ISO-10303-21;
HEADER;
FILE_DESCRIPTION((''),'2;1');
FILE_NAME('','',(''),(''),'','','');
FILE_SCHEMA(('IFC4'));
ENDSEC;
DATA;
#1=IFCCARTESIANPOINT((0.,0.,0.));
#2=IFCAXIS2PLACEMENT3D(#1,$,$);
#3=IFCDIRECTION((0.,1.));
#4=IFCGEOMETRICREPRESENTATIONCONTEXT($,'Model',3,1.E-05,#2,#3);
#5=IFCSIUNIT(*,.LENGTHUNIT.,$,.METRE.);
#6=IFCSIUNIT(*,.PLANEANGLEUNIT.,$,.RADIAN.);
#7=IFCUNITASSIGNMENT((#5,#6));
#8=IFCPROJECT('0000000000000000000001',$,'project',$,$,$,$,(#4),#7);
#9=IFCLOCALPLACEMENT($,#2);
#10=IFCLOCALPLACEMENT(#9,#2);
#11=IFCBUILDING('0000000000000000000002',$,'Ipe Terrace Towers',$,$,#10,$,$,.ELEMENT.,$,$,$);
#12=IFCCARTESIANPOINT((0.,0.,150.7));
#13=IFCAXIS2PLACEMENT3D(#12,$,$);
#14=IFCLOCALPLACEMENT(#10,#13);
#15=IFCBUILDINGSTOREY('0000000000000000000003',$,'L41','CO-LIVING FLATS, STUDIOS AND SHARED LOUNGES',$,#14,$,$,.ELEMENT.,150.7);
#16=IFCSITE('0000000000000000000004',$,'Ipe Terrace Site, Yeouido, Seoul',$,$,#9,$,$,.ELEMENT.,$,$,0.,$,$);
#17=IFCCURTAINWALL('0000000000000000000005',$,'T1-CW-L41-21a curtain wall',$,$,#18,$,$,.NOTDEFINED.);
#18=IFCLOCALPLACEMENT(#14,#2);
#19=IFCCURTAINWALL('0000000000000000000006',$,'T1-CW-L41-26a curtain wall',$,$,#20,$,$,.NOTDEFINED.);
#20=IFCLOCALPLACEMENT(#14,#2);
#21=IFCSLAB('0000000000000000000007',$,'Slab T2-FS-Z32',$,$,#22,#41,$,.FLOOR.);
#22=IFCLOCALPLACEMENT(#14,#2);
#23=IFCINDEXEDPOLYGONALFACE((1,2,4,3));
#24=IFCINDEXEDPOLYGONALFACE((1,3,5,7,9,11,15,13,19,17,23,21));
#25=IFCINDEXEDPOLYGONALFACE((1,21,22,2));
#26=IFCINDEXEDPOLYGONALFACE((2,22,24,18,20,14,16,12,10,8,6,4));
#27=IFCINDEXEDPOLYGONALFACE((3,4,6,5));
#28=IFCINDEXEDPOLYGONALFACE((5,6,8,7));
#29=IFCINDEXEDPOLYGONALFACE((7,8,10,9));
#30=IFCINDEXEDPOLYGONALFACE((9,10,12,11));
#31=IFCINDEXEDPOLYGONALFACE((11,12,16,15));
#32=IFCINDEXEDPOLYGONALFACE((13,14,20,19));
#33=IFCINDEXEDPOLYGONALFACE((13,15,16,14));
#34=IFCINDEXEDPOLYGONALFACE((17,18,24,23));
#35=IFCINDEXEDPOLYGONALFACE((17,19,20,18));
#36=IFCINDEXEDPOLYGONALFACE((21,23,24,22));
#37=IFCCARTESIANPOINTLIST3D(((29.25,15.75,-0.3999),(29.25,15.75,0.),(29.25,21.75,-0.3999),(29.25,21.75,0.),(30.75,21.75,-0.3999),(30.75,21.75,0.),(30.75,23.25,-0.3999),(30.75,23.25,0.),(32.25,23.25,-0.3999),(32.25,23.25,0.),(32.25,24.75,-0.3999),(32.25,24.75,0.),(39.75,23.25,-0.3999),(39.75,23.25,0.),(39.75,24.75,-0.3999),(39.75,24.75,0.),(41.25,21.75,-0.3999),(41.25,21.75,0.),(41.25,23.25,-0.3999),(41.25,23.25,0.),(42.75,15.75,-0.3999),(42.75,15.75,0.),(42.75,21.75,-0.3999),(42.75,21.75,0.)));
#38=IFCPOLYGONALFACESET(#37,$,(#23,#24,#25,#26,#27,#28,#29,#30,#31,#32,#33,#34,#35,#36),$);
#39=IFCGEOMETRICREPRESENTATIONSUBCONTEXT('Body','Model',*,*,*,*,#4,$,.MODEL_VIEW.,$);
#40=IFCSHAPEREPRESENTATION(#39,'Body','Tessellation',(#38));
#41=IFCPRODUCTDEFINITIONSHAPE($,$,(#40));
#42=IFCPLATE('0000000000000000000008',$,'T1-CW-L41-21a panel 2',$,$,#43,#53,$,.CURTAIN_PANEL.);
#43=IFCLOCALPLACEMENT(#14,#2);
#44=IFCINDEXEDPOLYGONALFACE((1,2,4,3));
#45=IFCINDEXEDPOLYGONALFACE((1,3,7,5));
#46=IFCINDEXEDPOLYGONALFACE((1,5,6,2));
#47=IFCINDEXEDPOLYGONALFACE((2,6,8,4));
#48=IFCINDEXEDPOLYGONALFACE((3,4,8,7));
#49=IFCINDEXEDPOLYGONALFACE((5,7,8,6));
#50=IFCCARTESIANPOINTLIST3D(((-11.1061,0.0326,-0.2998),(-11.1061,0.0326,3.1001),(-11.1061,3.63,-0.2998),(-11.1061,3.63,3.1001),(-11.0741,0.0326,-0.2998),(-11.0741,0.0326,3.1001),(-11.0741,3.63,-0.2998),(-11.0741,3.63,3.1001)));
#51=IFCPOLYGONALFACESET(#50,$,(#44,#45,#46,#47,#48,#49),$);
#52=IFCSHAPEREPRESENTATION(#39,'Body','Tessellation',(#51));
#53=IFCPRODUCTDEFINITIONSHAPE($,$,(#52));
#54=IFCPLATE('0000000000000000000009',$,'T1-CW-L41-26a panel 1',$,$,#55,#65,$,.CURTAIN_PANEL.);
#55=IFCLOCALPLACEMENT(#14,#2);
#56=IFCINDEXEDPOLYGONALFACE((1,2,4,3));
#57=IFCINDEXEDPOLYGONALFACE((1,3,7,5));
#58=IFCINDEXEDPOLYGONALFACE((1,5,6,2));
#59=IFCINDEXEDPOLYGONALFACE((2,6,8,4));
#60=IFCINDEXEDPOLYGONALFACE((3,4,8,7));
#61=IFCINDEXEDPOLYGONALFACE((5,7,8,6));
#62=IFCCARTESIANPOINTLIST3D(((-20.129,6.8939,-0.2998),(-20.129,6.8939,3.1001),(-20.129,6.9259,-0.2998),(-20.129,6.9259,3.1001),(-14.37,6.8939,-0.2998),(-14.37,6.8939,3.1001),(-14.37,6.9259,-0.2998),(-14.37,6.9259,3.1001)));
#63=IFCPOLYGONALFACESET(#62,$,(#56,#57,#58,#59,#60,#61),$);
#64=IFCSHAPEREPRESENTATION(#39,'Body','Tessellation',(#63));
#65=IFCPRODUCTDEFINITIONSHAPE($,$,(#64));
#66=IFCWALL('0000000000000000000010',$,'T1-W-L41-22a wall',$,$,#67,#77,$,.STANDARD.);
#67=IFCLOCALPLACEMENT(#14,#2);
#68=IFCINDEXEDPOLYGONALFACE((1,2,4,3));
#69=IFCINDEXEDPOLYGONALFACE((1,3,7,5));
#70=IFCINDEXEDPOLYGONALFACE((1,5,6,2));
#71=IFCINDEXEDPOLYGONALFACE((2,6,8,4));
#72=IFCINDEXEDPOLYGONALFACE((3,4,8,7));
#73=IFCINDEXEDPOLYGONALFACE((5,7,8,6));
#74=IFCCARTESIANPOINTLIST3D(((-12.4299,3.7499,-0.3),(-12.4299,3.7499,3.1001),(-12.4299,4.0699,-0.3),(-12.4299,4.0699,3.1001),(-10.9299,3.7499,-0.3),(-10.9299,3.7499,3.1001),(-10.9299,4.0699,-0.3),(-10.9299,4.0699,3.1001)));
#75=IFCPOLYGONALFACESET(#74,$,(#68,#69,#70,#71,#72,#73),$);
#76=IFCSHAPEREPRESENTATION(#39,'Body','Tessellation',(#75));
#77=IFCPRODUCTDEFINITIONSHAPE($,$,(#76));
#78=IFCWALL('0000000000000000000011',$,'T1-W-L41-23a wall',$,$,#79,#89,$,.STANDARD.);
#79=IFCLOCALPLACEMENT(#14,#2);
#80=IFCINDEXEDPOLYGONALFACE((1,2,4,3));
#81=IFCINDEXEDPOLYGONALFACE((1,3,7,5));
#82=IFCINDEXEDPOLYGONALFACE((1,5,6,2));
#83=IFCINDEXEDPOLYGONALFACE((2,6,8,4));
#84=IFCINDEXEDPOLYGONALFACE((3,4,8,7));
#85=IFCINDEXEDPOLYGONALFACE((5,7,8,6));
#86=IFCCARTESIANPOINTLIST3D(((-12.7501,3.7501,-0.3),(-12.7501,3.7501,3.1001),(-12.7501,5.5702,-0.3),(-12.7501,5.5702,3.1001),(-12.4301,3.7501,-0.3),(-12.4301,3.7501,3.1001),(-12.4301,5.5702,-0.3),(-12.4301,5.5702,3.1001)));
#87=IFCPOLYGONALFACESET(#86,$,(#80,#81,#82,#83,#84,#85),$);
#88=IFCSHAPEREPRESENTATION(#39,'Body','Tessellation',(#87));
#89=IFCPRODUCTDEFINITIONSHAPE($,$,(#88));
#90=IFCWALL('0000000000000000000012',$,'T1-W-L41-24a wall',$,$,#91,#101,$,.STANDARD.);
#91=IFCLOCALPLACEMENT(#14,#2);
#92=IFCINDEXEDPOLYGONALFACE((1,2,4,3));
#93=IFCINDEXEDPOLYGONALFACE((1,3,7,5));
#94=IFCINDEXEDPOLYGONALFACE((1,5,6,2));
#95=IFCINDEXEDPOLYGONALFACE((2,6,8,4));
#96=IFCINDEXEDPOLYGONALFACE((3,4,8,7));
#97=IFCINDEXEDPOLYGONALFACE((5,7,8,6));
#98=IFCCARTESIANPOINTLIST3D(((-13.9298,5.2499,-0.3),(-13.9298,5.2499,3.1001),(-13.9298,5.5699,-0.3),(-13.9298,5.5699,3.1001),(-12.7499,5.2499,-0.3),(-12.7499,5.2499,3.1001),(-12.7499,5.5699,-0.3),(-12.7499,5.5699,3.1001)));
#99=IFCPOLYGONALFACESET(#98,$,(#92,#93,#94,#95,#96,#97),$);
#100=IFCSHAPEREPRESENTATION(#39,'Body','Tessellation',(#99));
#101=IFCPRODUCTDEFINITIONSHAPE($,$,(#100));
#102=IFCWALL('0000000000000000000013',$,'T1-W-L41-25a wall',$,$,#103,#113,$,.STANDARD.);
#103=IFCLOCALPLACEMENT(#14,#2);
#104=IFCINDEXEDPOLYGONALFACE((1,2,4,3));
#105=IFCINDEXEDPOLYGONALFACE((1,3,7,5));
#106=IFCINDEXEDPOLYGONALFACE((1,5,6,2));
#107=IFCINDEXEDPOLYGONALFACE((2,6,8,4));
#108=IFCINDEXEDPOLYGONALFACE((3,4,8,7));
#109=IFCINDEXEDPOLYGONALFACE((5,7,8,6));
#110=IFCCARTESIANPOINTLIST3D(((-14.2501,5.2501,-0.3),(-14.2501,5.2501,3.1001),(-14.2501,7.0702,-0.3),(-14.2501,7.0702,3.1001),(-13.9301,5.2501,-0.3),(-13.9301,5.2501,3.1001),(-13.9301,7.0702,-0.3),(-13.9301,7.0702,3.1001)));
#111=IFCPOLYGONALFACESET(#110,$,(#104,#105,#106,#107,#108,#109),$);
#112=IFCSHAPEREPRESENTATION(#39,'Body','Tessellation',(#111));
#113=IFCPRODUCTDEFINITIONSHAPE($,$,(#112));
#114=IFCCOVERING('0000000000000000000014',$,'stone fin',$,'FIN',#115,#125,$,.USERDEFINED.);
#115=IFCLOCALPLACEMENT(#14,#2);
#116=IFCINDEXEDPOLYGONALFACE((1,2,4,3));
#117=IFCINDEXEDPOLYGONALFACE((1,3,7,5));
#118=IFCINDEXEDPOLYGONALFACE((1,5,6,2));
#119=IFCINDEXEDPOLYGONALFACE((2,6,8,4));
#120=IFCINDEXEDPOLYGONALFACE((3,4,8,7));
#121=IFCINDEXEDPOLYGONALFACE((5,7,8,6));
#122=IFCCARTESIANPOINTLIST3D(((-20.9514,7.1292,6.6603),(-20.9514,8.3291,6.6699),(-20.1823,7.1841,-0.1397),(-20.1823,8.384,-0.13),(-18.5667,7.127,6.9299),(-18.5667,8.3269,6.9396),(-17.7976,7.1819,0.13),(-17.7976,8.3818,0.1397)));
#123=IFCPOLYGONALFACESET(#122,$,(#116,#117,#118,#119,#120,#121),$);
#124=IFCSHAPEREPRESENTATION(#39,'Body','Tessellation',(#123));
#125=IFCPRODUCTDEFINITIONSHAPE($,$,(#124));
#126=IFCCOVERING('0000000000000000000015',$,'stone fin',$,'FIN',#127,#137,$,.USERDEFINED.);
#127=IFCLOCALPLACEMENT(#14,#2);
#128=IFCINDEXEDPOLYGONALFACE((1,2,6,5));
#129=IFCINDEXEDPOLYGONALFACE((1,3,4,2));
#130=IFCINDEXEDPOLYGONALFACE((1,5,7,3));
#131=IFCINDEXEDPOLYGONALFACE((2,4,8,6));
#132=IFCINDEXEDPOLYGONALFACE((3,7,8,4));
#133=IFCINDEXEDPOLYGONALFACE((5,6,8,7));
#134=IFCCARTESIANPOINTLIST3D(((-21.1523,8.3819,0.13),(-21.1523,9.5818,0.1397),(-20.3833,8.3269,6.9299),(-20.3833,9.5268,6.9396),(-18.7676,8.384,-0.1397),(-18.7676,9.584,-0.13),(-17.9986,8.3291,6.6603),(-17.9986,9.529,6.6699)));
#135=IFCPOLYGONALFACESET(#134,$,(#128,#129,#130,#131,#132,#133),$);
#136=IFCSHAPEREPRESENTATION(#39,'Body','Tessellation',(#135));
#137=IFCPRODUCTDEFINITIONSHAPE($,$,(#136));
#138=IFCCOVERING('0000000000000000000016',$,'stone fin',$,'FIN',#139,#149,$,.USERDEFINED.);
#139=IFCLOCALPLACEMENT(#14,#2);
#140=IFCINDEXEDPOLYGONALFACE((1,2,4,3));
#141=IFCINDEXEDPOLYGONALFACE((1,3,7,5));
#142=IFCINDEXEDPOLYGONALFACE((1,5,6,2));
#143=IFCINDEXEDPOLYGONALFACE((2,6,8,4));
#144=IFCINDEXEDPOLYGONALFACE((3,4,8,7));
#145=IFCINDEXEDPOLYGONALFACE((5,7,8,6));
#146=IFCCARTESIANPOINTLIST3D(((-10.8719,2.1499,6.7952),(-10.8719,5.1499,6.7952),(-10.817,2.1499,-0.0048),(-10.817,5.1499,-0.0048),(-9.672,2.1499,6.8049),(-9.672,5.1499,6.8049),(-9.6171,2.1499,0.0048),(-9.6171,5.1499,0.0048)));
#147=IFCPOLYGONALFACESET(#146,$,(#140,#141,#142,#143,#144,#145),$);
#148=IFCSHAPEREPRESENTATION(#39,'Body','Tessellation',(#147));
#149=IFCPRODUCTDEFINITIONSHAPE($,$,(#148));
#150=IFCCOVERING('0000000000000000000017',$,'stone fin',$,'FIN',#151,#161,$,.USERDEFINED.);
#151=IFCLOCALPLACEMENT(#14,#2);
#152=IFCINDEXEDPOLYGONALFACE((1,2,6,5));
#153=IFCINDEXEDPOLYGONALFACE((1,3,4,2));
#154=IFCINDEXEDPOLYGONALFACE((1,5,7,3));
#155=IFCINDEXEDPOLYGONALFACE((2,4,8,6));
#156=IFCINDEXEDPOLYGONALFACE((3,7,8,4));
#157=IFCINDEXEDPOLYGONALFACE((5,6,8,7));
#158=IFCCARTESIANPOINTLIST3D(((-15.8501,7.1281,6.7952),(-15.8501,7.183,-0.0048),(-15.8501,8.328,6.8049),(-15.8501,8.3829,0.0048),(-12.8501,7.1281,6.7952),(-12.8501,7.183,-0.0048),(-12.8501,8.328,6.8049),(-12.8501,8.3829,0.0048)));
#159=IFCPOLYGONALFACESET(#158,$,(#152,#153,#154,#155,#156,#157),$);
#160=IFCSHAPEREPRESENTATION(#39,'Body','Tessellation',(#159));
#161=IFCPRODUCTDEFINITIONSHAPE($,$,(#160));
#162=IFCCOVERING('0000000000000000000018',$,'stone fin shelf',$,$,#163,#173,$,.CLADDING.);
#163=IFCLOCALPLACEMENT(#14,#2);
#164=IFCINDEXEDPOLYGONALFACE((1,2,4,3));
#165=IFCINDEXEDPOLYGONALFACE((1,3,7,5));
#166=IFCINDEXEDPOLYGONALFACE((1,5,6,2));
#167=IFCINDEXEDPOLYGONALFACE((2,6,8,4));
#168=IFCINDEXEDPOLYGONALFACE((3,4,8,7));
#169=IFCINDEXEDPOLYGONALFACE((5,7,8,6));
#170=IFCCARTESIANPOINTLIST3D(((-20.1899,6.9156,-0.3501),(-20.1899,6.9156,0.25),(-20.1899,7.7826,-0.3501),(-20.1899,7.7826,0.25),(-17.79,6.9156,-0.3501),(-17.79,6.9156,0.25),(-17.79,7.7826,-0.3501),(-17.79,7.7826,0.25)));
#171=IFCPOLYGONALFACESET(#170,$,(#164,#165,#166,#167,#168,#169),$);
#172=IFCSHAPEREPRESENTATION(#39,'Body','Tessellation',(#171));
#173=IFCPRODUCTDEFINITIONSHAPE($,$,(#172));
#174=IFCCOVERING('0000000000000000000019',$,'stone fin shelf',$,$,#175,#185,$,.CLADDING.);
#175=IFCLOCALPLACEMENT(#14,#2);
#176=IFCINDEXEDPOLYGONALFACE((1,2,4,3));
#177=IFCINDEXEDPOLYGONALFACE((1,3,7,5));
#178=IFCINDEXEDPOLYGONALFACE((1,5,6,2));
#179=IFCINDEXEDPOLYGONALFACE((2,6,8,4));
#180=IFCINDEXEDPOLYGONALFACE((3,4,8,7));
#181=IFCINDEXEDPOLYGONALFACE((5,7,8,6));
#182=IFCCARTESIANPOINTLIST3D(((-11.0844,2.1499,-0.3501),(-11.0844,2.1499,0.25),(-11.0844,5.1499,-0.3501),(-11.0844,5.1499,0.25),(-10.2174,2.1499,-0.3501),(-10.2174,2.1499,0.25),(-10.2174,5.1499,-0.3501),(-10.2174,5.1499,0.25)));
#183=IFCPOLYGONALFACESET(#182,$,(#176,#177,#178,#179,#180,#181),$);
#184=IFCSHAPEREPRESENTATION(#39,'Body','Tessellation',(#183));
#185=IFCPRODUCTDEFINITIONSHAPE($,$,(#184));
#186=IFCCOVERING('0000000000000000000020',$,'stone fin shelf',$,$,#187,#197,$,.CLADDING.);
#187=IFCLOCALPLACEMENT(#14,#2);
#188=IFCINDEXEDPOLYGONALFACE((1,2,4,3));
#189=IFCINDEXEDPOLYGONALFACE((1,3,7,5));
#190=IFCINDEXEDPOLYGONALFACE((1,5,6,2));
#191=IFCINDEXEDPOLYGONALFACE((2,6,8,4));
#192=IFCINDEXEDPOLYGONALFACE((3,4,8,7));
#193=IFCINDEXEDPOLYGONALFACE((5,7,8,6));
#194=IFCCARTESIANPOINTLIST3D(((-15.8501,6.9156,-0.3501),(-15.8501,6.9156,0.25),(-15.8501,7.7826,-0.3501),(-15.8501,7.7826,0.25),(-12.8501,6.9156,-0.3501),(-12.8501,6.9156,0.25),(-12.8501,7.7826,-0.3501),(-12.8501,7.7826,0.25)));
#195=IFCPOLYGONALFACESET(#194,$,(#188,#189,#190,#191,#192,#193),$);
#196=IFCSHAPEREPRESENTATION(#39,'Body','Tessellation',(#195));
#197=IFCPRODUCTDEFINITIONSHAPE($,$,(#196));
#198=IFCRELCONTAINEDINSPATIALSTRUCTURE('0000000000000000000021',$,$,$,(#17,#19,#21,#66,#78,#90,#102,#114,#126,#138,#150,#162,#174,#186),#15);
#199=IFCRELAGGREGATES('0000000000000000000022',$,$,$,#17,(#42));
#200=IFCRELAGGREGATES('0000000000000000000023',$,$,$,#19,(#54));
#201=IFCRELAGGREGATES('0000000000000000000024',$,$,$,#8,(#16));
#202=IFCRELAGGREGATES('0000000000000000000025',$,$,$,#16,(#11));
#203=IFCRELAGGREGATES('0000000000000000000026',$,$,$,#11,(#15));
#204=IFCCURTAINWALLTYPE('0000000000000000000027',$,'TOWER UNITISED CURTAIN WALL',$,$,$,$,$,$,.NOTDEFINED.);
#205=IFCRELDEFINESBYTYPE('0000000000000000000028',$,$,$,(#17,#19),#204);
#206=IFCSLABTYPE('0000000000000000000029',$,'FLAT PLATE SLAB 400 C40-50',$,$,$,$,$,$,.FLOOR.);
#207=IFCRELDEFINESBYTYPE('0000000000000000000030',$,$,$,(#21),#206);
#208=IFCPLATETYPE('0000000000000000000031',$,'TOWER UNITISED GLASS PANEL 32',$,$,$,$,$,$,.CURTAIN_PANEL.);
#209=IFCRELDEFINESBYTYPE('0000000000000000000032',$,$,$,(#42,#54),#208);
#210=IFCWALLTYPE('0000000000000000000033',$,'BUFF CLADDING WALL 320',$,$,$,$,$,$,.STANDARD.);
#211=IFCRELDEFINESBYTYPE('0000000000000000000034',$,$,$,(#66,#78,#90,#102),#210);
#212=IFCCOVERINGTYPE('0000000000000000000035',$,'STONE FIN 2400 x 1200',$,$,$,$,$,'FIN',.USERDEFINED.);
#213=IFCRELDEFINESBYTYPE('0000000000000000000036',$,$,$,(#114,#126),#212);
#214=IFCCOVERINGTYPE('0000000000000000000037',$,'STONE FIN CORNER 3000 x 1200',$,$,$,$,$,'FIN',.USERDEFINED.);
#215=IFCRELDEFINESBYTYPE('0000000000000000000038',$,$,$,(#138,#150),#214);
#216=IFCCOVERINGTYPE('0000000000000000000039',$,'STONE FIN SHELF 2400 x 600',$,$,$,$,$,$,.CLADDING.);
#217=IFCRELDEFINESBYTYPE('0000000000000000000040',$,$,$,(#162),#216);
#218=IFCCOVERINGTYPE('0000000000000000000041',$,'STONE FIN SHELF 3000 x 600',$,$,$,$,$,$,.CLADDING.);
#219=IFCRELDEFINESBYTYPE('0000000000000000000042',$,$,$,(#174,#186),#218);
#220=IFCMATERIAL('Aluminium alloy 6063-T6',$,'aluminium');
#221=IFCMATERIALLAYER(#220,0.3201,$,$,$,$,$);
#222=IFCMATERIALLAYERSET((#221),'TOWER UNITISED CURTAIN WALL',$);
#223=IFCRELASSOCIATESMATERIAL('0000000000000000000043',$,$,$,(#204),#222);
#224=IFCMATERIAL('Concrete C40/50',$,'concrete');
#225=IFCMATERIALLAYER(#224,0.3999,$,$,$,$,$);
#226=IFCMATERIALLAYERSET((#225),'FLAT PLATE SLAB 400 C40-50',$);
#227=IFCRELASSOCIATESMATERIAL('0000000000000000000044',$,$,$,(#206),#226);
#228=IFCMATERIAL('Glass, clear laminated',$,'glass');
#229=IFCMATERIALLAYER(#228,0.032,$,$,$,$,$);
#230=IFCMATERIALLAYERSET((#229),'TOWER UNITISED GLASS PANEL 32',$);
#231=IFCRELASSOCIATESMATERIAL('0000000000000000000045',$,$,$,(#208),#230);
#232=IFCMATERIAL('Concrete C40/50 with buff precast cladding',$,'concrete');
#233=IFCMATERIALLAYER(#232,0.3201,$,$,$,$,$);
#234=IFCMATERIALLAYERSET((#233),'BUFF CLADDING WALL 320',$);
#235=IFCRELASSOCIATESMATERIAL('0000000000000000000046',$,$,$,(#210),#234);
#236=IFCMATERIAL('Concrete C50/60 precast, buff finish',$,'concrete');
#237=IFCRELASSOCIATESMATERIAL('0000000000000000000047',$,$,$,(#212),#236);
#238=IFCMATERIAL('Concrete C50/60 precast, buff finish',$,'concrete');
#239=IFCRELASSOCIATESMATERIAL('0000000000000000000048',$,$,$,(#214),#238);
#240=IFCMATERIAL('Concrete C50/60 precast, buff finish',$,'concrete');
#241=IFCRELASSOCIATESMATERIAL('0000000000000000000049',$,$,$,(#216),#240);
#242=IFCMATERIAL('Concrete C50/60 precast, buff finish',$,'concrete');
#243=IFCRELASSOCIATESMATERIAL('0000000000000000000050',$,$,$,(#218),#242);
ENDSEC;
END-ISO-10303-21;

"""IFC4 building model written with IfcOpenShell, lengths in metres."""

from ifc_helpers import new_model, si_unit, direction, frame, frame_2d, origin, origin_2d, place, context, subcontext, project, spatial, polyline, rectangle, outline, extrude, material, layer, layer_set, material_profile, profile_set, type_object, element, aggregate, save


model = new_model("IFC4")

# Units and contexts
model_context = context("Model", 3, precision=1e-05, world=origin(), true_north=direction((0.0, 1.0)))
body_context = subcontext(model_context, "Body", "Model", "MODEL_VIEW")
ifc_project = project(units=[si_unit("LENGTHUNIT", "METRE"), si_unit("PLANEANGLEUNIT", "RADIAN")], contexts=[model_context])

# Site, building, storey
site_placement = place(None, origin())
site = spatial("IfcSite", under=ifc_project, at=site_placement, Name="Ipe Terrace Site, Yeouido, Seoul", CompositionType="ELEMENT", RefElevation=0.0)
building_placement = place(site_placement, origin())
building = spatial("IfcBuilding", under=site, at=building_placement, Name="Ipe Terrace Towers", CompositionType="ELEMENT")
storey_placement = place(building_placement, frame((0.0, 0.0, 150.7)))
storey = spatial("IfcBuildingStorey", under=building, at=storey_placement, Name="L41", Description="CO-LIVING FLATS, STUDIOS AND SHARED LOUNGES", CompositionType="ELEMENT", Elevation=150.7)

# Curtain wall
ifc_material_1 = material(Name="Aluminium alloy 6063-T6", Category="aluminium")
ifc_layer_1 = layer(ifc_material_1, 0.3201)
ifc_layer_set_1 = layer_set([ifc_layer_1], Name="TOWER UNITISED CURTAIN WALL")
curtain_wall_type = type_object("IfcCurtainWallType", Name="TOWER UNITISED CURTAIN WALL", PredefinedType="NOTDEFINED", material=ifc_layer_set_1)
curtain_wall_1_placement = place(storey_placement, origin())
curtain_wall_1 = element("IfcCurtainWall", 1, at=curtain_wall_1_placement, inside=storey, type_object=curtain_wall_type, Name="T1-CW-L41-21a curtain wall", PredefinedType="NOTDEFINED")

# Curtain wall
curtain_wall_2_placement = place(storey_placement, origin())
curtain_wall_2 = element("IfcCurtainWall", 2, at=curtain_wall_2_placement, inside=storey, type_object=curtain_wall_type, Name="T1-CW-L41-26a curtain wall", PredefinedType="NOTDEFINED")

# Slab
ifc_material_2 = material(Name="Concrete C40/50", Category="concrete")
ifc_layer_2 = layer(ifc_material_2, 0.3999)
ifc_layer_set_2 = layer_set([ifc_layer_2], Name="FLAT PLATE SLAB 400 C40-50")
slab_type_1 = type_object("IfcSlabType", Name="FLAT PLATE SLAB 400 C40-50", PredefinedType="FLOOR", material=ifc_layer_set_2)
slab_1_placement = place(storey_placement, frame((0.0, 0.0, -0.3999)))
element("IfcSlab", 3, at=slab_1_placement, inside=storey, type_object=slab_type_1, Name="Slab T2-FS-Z32", PredefinedType="FLOOR", context=body_context, shape_type="SweptSolid", body=[
    extrude(outline(polyline([(30.75, 21.75), (30.75, 23.25), (32.25, 23.25), (32.25, 24.75), (39.75, 24.75), (39.75, 23.25), (41.25, 23.25), (41.25, 21.75), (42.75, 21.75), (42.75, 15.75), (29.25, 15.75), (29.25, 21.75), (30.75, 21.75)])), origin(), (0.0, 0.0, 1.0), 0.3999),
])

# Plates
ifc_material_3 = material(Name="Glass, clear laminated", Category="glass")
ifc_layer_3 = layer(ifc_material_3, 0.032)
ifc_layer_set_3 = layer_set([ifc_layer_3], Name="TOWER UNITISED GLASS PANEL 32")
plate_type = type_object("IfcPlateType", Name="TOWER UNITISED GLASS PANEL 32", PredefinedType="CURTAIN_PANEL", material=ifc_layer_set_3)
plate_1_placement = place(storey_placement, frame((-11.0901, 1.8313, -0.2998), z_axis=(0.0, 0.0, 1.0), x_axis=(0.0, 1.0, 0.0)))
plate_1 = element("IfcPlate", 4, at=plate_1_placement, type_object=plate_type, Name="T1-CW-L41-21a panel 2", PredefinedType="CURTAIN_PANEL", context=body_context, shape_type="SweptSolid", body=[
    extrude(rectangle(XDim=3.5974, YDim=0.032, at=origin_2d()), origin(), (0.0, 0.0, 1.0), 3.3999),
])
aggregate(curtain_wall_1, [plate_1])
plate_2_placement = place(storey_placement, frame((-17.2495, 6.9099, -0.2998), z_axis=(0.0, 0.0, 1.0), x_axis=(-1.0, 0.0, 0.0)))
plate_2 = element("IfcPlate", 5, at=plate_2_placement, type_object=plate_type, Name="T1-CW-L41-26a panel 1", PredefinedType="CURTAIN_PANEL", context=body_context, shape_type="SweptSolid", body=[
    extrude(rectangle(XDim=5.759, YDim=0.032, at=origin_2d()), origin(), (0.0, 0.0, 1.0), 3.3999),
])
aggregate(curtain_wall_2, [plate_2])

# Walls
ifc_material_4 = material(Name="Concrete C40/50 with buff precast cladding", Category="concrete")
ifc_layer_4 = layer(ifc_material_4, 0.3201)
ifc_layer_set_4 = layer_set([ifc_layer_4], Name="BUFF CLADDING WALL 320")
wall_type = type_object("IfcWallType", Name="BUFF CLADDING WALL 320", PredefinedType="STANDARD", material=ifc_layer_set_4)
wall_1_placement = place(storey_placement, frame((-10.9299, 3.9099, -0.3), z_axis=(0.0, 0.0, 1.0), x_axis=(-1.0, 0.0, 0.0)))
element("IfcWall", 6, at=wall_1_placement, inside=storey, type_object=wall_type, Name="T1-W-L41-22a wall", PredefinedType="STANDARD", context=body_context, shape_type="SweptSolid", body=[
    extrude(rectangle(XDim=1.5, YDim=0.3201, at=frame_2d((0.75, 0.0))), origin(), (0.0, 0.0, 1.0), 3.4001),
])
wall_2_placement = place(storey_placement, frame((-12.5901, 3.75, -0.3), z_axis=(0.0, 0.0, 1.0), x_axis=(0.0, 1.0, 0.0)))
element("IfcWall", 7, at=wall_2_placement, inside=storey, type_object=wall_type, Name="T1-W-L41-23a wall", PredefinedType="STANDARD", context=body_context, shape_type="SweptSolid", body=[
    extrude(rectangle(XDim=1.8201, YDim=0.3201, at=frame_2d((0.9102, 0.0))), origin(), (0.0, 0.0, 1.0), 3.4001),
])
wall_3_placement = place(storey_placement, frame((-12.75, 5.4099, -0.3), z_axis=(0.0, 0.0, 1.0), x_axis=(-1.0, 0.0, 0.0)))
element("IfcWall", 8, at=wall_3_placement, inside=storey, type_object=wall_type, Name="T1-W-L41-24a wall", PredefinedType="STANDARD", context=body_context, shape_type="SweptSolid", body=[
    extrude(rectangle(XDim=1.1799, YDim=0.3201, at=frame_2d((0.5898, 0.0))), origin(), (0.0, 0.0, 1.0), 3.4001),
])
wall_4_placement = place(storey_placement, frame((-14.0901, 5.25, -0.3), z_axis=(0.0, 0.0, 1.0), x_axis=(0.0, 1.0, 0.0)))
element("IfcWall", 9, at=wall_4_placement, inside=storey, type_object=wall_type, Name="T1-W-L41-25a wall", PredefinedType="STANDARD", context=body_context, shape_type="SweptSolid", body=[
    extrude(rectangle(XDim=1.8201, YDim=0.3201, at=frame_2d((0.9102, 0.0))), origin(), (0.0, 0.0, 1.0), 3.4001),
])

# Coverings
ifc_material_5 = material(Name="Concrete C50/60 precast, buff finish", Category="concrete")
ifc_material_profile_1 = material_profile(ifc_material_5, rectangle(XDim=2.3999, YDim=1.2, at=origin_2d()), Name="STONE FIN 2400 x 1200")
ifc_profile_set_1 = profile_set([ifc_material_profile_1], Name="Concrete C50/60 precast, buff finish")
covering_type_1 = type_object("IfcCoveringType", Name="STONE FIN 2400 x 1200", ElementType="FIN", PredefinedType="USERDEFINED", material=ifc_profile_set_1)
for number, where, z_axis, x_axis, name in (
    (10, (-18.99, 7.783, 0.0), (-0.112374, -0.008027, 0.993634), (-0.993666, 0.000908, -0.11237), "stone fin"),
    (11, (-19.96, 8.9829, 0.0), (0.112374, -0.008027, 0.993634), (-0.993666, -0.000908, 0.11237), "stone fin"),
):
    element("IfcCovering", number, at=place(storey_placement, frame(where, z_axis=z_axis, x_axis=x_axis)), inside=storey, type_object=covering_type_1, Name=name, ObjectType="FIN", PredefinedType="USERDEFINED", context=body_context, shape_type="SweptSolid", body=[
        extrude(rectangle(XDim=2.3999, YDim=1.2, at=origin_2d()), origin(), (0.0, 0.0, 1.0), 6.8435),
    ])
ifc_material_6 = material(Name="Concrete C50/60 precast, buff finish", Category="concrete")
ifc_material_profile_2 = material_profile(ifc_material_6, rectangle(XDim=3.0, YDim=1.2, at=origin_2d()), Name="STONE FIN CORNER 3000 x 1200")
ifc_profile_set_2 = profile_set([ifc_material_profile_2], Name="Concrete C50/60 precast, buff finish")
covering_type_2 = type_object("IfcCoveringType", Name="STONE FIN CORNER 3000 x 1200", ElementType="FIN", PredefinedType="USERDEFINED", material=ifc_profile_set_2)
for number, where, z_axis, x_axis, name in (
    (12, (-10.217, 3.6499, 0.0), (-0.008078, 0.0, 0.999967), (0.0, 1.0, 0.0), "stone fin"),
    (13, (-14.3501, 7.783, 0.0), (0.0, -0.008078, 0.999967), (-1.0, 0.0, 0.0), "stone fin"),
):
    element("IfcCovering", number, at=place(storey_placement, frame(where, z_axis=z_axis, x_axis=x_axis)), inside=storey, type_object=covering_type_2, Name=name, ObjectType="FIN", PredefinedType="USERDEFINED", context=body_context, shape_type="SweptSolid", body=[
        extrude(rectangle(XDim=3.0, YDim=1.2, at=origin_2d()), origin(), (0.0, 0.0, 1.0), 6.8003),
    ])
ifc_material_7 = material(Name="Concrete C50/60 precast, buff finish", Category="concrete")
covering_type_3 = type_object("IfcCoveringType", Name="STONE FIN SHELF 2400 x 600", PredefinedType="CLADDING", material=ifc_material_7)
covering_placement = place(storey_placement, frame((-18.99, 7.3491, -0.3501), z_axis=(0.0, 0.0, 1.0), x_axis=(-1.0, 0.0, 0.0)))
element("IfcCovering", 14, at=covering_placement, inside=storey, type_object=covering_type_3, Name="stone fin shelf", PredefinedType="CLADDING", context=body_context, shape_type="SweptSolid", body=[
    extrude(rectangle(XDim=2.3999, YDim=0.8669, at=origin_2d()), origin(), (0.0, 0.0, 1.0), 0.6001),
])
ifc_material_8 = material(Name="Concrete C50/60 precast, buff finish", Category="concrete")
covering_type_4 = type_object("IfcCoveringType", Name="STONE FIN SHELF 3000 x 600", PredefinedType="CLADDING", material=ifc_material_8)
for number, where, z_axis, x_axis, name in (
    (15, (-10.6509, 3.6499, -0.3501), (0.0, 0.0, 1.0), (0.0, 1.0, 0.0), "stone fin shelf"),
    (16, (-14.3501, 7.3491, -0.3501), (0.0, 0.0, 1.0), (-1.0, 0.0, 0.0), "stone fin shelf"),
):
    element("IfcCovering", number, at=place(storey_placement, frame(where, z_axis=z_axis, x_axis=x_axis)), inside=storey, type_object=covering_type_4, Name=name, PredefinedType="CLADDING", context=body_context, shape_type="SweptSolid", body=[
        extrude(rectangle(XDim=3.0, YDim=0.8669, at=origin_2d()), origin(), (0.0, 0.0, 1.0), 0.6001),
    ])

save(model, "model.ifc")
